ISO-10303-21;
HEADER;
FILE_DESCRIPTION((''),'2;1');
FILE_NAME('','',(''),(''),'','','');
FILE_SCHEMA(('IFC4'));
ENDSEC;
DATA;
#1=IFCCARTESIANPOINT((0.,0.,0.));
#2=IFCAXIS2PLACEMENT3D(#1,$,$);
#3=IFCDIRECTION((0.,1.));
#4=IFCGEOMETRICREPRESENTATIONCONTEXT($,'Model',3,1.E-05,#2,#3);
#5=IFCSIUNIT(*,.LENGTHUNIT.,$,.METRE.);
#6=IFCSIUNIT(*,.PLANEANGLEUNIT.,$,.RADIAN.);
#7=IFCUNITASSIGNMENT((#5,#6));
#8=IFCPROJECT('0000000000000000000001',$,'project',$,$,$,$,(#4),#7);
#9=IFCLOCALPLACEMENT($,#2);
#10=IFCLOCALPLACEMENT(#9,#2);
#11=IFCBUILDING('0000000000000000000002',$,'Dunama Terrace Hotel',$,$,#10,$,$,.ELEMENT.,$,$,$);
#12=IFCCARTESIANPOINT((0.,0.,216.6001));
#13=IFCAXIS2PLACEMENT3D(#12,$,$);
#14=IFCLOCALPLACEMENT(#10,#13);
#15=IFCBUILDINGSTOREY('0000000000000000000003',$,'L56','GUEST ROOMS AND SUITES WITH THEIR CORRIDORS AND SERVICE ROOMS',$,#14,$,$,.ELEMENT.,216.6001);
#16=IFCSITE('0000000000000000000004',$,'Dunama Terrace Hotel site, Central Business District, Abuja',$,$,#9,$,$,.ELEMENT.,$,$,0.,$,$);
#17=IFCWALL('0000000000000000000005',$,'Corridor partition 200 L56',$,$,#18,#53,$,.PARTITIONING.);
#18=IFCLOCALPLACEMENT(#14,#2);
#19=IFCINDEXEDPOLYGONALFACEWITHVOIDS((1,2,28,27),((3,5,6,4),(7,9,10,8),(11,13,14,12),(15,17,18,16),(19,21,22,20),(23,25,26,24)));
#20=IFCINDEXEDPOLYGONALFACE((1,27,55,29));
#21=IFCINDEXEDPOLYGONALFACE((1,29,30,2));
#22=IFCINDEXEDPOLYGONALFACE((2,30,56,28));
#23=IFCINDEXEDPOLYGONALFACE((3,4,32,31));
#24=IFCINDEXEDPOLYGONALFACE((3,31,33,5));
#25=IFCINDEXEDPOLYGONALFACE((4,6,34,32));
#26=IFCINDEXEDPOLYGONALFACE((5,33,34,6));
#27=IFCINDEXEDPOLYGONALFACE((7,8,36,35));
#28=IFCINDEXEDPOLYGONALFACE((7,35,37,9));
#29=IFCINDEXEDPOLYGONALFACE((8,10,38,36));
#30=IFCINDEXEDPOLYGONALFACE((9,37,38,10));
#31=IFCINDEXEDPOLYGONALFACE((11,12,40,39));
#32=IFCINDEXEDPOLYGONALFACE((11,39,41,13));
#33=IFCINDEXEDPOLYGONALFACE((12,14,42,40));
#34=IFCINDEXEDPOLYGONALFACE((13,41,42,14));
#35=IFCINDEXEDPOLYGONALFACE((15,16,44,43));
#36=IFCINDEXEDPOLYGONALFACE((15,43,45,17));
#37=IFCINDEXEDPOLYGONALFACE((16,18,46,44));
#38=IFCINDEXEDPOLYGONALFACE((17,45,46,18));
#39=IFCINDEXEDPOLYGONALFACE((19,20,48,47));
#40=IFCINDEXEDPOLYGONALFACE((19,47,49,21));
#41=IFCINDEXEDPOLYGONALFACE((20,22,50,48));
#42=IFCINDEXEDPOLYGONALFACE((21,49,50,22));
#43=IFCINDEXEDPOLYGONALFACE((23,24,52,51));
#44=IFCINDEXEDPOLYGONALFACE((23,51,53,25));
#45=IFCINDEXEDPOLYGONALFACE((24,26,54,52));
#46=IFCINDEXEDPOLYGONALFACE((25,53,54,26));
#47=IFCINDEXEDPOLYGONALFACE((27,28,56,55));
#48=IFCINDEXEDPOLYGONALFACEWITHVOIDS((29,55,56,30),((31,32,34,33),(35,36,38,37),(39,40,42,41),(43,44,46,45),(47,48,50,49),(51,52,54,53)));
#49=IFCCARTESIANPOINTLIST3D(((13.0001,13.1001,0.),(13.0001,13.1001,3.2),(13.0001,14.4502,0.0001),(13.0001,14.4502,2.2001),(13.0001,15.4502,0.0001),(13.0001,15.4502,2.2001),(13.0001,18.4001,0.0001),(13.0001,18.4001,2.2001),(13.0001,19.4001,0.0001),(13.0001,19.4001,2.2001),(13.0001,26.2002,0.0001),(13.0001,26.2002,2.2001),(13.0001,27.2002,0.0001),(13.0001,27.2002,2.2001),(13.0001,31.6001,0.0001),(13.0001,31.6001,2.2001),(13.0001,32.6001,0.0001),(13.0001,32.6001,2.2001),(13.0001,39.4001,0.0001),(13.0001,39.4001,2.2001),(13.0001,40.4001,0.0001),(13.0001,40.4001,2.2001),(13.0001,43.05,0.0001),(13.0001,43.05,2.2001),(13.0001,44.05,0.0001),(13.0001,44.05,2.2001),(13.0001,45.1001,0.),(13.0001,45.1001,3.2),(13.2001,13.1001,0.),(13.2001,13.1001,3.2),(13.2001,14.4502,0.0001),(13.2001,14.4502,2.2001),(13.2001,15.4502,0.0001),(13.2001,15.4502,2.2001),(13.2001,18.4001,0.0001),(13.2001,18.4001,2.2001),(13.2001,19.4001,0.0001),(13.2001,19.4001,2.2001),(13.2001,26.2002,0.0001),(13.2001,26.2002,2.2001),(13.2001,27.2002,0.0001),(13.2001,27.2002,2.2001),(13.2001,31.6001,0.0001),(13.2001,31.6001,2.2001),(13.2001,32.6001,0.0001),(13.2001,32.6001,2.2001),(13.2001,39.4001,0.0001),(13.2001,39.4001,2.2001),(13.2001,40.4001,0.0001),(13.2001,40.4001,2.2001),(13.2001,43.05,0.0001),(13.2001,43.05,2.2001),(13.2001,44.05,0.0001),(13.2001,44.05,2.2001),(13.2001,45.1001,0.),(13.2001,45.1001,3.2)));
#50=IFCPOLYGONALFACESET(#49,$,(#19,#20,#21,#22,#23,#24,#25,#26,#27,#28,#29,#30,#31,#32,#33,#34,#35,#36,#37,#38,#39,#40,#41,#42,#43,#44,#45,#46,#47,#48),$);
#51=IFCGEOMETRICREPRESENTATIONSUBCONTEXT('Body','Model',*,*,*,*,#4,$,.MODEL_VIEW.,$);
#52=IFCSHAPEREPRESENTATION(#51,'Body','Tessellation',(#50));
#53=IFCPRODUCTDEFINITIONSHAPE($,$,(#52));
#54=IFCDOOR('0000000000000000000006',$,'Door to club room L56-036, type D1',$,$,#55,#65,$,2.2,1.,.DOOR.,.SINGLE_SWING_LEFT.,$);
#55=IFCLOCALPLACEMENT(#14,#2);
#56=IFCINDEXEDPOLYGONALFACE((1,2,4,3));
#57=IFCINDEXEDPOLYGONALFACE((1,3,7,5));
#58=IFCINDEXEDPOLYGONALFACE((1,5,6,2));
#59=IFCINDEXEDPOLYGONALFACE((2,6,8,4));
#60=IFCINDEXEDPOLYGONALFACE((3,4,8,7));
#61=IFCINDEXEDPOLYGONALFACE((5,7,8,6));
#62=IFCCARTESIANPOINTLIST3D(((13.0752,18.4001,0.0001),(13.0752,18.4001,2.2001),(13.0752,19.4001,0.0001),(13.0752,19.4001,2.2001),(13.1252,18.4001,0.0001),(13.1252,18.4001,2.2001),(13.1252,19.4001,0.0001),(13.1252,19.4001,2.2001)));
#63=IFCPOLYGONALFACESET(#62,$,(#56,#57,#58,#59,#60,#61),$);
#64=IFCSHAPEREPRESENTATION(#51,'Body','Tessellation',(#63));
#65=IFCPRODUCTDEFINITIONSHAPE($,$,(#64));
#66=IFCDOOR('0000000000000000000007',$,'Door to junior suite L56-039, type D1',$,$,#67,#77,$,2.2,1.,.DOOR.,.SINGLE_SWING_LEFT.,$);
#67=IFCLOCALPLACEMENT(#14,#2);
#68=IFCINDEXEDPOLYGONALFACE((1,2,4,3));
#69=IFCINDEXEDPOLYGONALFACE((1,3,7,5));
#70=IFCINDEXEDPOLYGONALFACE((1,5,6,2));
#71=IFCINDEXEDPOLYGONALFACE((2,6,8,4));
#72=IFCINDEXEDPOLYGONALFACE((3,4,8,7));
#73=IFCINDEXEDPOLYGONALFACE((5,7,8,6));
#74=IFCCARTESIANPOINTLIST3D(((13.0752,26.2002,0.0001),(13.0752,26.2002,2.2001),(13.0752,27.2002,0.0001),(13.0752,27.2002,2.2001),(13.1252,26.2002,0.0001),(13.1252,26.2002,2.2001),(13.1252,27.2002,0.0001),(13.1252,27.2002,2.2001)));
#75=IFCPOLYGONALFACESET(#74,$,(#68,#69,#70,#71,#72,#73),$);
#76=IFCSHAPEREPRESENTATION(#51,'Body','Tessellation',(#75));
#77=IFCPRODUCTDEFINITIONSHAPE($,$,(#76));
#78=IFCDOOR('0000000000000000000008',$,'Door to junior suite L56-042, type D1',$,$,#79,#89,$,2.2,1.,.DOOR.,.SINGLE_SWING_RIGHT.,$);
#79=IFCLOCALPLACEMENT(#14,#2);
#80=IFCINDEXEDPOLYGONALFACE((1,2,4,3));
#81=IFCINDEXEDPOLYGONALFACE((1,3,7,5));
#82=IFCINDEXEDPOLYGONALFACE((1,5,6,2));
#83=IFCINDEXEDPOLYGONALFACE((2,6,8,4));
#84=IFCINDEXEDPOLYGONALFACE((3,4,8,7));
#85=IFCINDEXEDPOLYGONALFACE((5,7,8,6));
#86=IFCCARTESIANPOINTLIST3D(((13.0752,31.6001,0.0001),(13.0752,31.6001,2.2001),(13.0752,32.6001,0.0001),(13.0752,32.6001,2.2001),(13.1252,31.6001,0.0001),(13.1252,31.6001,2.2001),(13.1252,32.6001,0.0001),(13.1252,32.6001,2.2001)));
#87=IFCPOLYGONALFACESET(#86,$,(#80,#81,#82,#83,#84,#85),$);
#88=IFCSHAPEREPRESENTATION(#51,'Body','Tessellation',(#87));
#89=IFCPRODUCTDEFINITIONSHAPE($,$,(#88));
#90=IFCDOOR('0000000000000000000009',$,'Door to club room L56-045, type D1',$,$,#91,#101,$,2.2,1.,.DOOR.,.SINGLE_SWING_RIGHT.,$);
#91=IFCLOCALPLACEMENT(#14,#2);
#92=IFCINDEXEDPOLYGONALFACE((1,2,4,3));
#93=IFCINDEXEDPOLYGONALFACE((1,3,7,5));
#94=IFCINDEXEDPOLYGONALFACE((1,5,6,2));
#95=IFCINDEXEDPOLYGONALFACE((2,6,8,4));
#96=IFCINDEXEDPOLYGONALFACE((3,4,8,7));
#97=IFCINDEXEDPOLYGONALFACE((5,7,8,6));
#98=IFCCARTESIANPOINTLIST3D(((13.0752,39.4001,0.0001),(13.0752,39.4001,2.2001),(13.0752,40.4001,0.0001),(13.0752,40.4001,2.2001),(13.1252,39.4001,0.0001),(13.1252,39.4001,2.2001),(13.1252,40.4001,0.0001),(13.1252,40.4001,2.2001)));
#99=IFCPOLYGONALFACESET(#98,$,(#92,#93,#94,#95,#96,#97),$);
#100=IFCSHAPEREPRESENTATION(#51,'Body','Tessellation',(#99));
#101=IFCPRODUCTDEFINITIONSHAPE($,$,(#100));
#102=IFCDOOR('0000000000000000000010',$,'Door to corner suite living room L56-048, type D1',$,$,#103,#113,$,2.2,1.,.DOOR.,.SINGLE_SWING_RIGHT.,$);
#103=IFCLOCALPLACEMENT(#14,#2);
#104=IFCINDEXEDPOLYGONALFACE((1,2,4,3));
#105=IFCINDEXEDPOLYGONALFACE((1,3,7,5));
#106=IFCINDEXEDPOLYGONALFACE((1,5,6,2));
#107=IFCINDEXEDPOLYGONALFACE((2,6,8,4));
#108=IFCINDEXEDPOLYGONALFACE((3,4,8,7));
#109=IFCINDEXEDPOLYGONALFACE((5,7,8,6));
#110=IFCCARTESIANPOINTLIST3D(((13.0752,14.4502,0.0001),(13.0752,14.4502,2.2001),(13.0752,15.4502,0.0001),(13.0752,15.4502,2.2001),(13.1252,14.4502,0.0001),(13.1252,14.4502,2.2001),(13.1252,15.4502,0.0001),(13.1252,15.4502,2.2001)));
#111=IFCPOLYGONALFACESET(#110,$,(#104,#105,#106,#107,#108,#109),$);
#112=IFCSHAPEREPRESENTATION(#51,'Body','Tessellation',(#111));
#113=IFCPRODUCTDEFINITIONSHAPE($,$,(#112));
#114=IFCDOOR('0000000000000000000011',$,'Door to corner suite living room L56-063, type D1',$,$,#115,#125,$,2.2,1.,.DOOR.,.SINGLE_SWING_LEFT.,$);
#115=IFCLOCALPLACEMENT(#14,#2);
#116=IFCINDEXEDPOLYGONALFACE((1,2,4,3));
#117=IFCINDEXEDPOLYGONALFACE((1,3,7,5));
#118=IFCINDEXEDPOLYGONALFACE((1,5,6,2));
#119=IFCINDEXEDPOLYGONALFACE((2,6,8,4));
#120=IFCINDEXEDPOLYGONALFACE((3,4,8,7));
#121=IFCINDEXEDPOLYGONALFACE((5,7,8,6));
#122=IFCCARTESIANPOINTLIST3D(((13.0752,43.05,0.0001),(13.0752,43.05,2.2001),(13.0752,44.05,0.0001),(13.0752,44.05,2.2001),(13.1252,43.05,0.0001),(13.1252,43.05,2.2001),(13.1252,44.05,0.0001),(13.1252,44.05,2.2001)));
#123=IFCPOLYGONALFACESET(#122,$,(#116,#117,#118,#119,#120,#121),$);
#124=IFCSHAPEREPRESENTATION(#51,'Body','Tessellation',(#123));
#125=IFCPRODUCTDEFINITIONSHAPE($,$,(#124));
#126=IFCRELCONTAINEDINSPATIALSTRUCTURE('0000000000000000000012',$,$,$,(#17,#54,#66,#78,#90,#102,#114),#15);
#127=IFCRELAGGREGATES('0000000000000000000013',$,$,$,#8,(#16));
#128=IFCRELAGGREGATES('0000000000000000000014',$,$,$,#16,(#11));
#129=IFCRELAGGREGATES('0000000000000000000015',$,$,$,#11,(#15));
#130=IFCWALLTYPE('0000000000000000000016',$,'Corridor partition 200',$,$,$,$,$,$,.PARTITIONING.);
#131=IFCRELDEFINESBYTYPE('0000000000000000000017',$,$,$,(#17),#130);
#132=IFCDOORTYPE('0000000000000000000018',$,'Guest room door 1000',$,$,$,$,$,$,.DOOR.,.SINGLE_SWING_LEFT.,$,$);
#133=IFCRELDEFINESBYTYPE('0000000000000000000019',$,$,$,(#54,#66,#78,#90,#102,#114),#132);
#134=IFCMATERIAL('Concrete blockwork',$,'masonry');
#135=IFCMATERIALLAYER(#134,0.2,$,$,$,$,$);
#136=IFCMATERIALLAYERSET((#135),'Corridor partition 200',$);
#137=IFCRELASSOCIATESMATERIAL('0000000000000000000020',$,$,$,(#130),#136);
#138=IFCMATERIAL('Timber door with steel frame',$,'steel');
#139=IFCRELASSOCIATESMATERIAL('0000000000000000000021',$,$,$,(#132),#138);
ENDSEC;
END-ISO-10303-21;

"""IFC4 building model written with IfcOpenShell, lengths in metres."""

from ifc_helpers import new_model, si_unit, direction, frame, frame_2d, origin, place, context, subcontext, project, spatial, rectangle, extrude, material, layer, layer_set, type_object, element, fill, save


model = new_model("IFC4")

# Units and contexts
model_context = context("Model", 3, precision=1e-05, world=origin(), true_north=direction((0.0, 1.0)))
body_context = subcontext(model_context, "Body", "Model", "MODEL_VIEW")
ifc_project = project(units=[si_unit("LENGTHUNIT", "METRE"), si_unit("PLANEANGLEUNIT", "RADIAN")], contexts=[model_context])

# Site, building, storey
site_placement = place(None, origin())
site = spatial("IfcSite", under=ifc_project, at=site_placement, Name="Dunama Terrace Hotel site, Central Business District, Abuja", CompositionType="ELEMENT", RefElevation=0.0)
building_placement = place(site_placement, origin())
building = spatial("IfcBuilding", under=site, at=building_placement, Name="Dunama Terrace Hotel", CompositionType="ELEMENT")
storey_placement = place(building_placement, frame((0.0, 0.0, 216.6001)))
storey = spatial("IfcBuildingStorey", under=building, at=storey_placement, Name="L56", Description="GUEST ROOMS AND SUITES WITH THEIR CORRIDORS AND SERVICE ROOMS", CompositionType="ELEMENT", Elevation=216.6001)

# Wall, openings, doors
ifc_material_1 = material(Name="Concrete blockwork", Category="masonry")
ifc_layer_1 = layer(ifc_material_1, 0.2)
ifc_layer_set_1 = layer_set([ifc_layer_1], Name="Corridor partition 200")
wall_type_1 = type_object("IfcWallType", Name="Corridor partition 200", PredefinedType="PARTITIONING", material=ifc_layer_set_1)
wall_1_placement = place(storey_placement, frame((13.1001, 13.1001, 0.0), z_axis=(0.0, 0.0, 1.0), x_axis=(0.0, 1.0, 0.0)))
wall_1 = element("IfcWall", 1, at=wall_1_placement, inside=storey, type_object=wall_type_1, Name="Corridor partition 200 L56", PredefinedType="PARTITIONING", context=body_context, shape_type="SweptSolid", body=[
    extrude(rectangle(XDim=32.0, YDim=0.2, at=frame_2d((16.0, 0.0))), origin(), (0.0, 0.0, 1.0), 3.2),
])
opening_1_placement = place(wall_1_placement, frame((5.3, 0.0, 0.0)))
opening_1 = element("IfcOpeningElement", 2, at=opening_1_placement, cuts=wall_1, PredefinedType="OPENING", context=body_context, shape_type="SweptSolid", body=[
    extrude(rectangle(XDim=1.0, YDim=2.2, at=frame_2d((0.5, 1.1001))), frame((0.0, 0.1099, 0.0), z_axis=(0.0, -1.0, 0.0), x_axis=(1.0, 0.0, 0.0)), (0.0, 0.0, 1.0), 0.22),
])
opening_2_placement = place(wall_1_placement, frame((13.1001, 0.0, 0.0)))
opening_2 = element("IfcOpeningElement", 3, at=opening_2_placement, cuts=wall_1, PredefinedType="OPENING", context=body_context, shape_type="SweptSolid", body=[
    extrude(rectangle(XDim=1.0, YDim=2.2, at=frame_2d((0.5, 1.1001))), frame((0.0, 0.1099, 0.0), z_axis=(0.0, -1.0, 0.0), x_axis=(1.0, 0.0, 0.0)), (0.0, 0.0, 1.0), 0.22),
])
opening_3_placement = place(wall_1_placement, frame((18.5, 0.0, 0.0)))
opening_3 = element("IfcOpeningElement", 4, at=opening_3_placement, cuts=wall_1, PredefinedType="OPENING", context=body_context, shape_type="SweptSolid", body=[
    extrude(rectangle(XDim=1.0, YDim=2.2, at=frame_2d((0.5, 1.1001))), frame((0.0, 0.1099, 0.0), z_axis=(0.0, -1.0, 0.0), x_axis=(1.0, 0.0, 0.0)), (0.0, 0.0, 1.0), 0.22),
])
opening_4_placement = place(wall_1_placement, frame((26.3, 0.0, 0.0)))
opening_4 = element("IfcOpeningElement", 5, at=opening_4_placement, cuts=wall_1, PredefinedType="OPENING", context=body_context, shape_type="SweptSolid", body=[
    extrude(rectangle(XDim=1.0, YDim=2.2, at=frame_2d((0.5, 1.1001))), frame((0.0, 0.1099, 0.0), z_axis=(0.0, -1.0, 0.0), x_axis=(1.0, 0.0, 0.0)), (0.0, 0.0, 1.0), 0.22),
])
opening_5_placement = place(wall_1_placement, frame((1.3501, 0.0, 0.0)))
opening_5 = element("IfcOpeningElement", 6, at=opening_5_placement, cuts=wall_1, PredefinedType="OPENING", context=body_context, shape_type="SweptSolid", body=[
    extrude(rectangle(XDim=1.0, YDim=2.2, at=frame_2d((0.5, 1.1001))), frame((0.0, 0.1099, 0.0), z_axis=(0.0, -1.0, 0.0), x_axis=(1.0, 0.0, 0.0)), (0.0, 0.0, 1.0), 0.22),
])
opening_6_placement = place(wall_1_placement, frame((29.95, 0.0, 0.0)))
opening_6 = element("IfcOpeningElement", 7, at=opening_6_placement, cuts=wall_1, PredefinedType="OPENING", context=body_context, shape_type="SweptSolid", body=[
    extrude(rectangle(XDim=1.0, YDim=2.2, at=frame_2d((0.5, 1.1001))), frame((0.0, 0.1099, 0.0), z_axis=(0.0, -1.0, 0.0), x_axis=(1.0, 0.0, 0.0)), (0.0, 0.0, 1.0), 0.22),
])
ifc_material_2 = material(Name="Timber door with steel frame", Category="steel")
door_type_1 = type_object("IfcDoorType", Name="Guest room door 1000", OperationType="SINGLE_SWING_LEFT", PredefinedType="DOOR", material=ifc_material_2)
door_1_placement = place(opening_1_placement, origin())
door_1 = element("IfcDoor", 8, at=door_1_placement, inside=storey, type_object=door_type_1, Name="Door to club room L56-036, type D1", OperationType="SINGLE_SWING_LEFT", OverallHeight=2.2, OverallWidth=1.0, PredefinedType="DOOR", context=body_context, shape_type="SweptSolid", body=[
    extrude(rectangle(XDim=1.0, YDim=2.2, at=frame_2d((0.5, 1.1001))), frame((0.0, 0.0249, 0.0), z_axis=(0.0, -1.0, 0.0), x_axis=(1.0, 0.0, 0.0)), (0.0, 0.0, 1.0), 0.05),
])
fill(opening_1, door_1)
door_2_placement = place(opening_2_placement, origin())
door_2 = element("IfcDoor", 9, at=door_2_placement, inside=storey, type_object=door_type_1, Name="Door to junior suite L56-039, type D1", OperationType="SINGLE_SWING_LEFT", OverallHeight=2.2, OverallWidth=1.0, PredefinedType="DOOR", context=body_context, shape_type="SweptSolid", body=[
    extrude(rectangle(XDim=1.0, YDim=2.2, at=frame_2d((0.5, 1.1001))), frame((0.0, 0.0249, 0.0), z_axis=(0.0, -1.0, 0.0), x_axis=(1.0, 0.0, 0.0)), (0.0, 0.0, 1.0), 0.05),
])
fill(opening_2, door_2)
door_3_placement = place(opening_3_placement, origin())
door_3 = element("IfcDoor", 10, at=door_3_placement, inside=storey, type_object=door_type_1, Name="Door to junior suite L56-042, type D1", OperationType="SINGLE_SWING_RIGHT", OverallHeight=2.2, OverallWidth=1.0, PredefinedType="DOOR", context=body_context, shape_type="SweptSolid", body=[
    extrude(rectangle(XDim=1.0, YDim=2.2, at=frame_2d((0.5, 1.1001))), frame((0.0, 0.0249, 0.0), z_axis=(0.0, -1.0, 0.0), x_axis=(1.0, 0.0, 0.0)), (0.0, 0.0, 1.0), 0.05),
])
fill(opening_3, door_3)
door_4_placement = place(opening_4_placement, origin())
door_4 = element("IfcDoor", 11, at=door_4_placement, inside=storey, type_object=door_type_1, Name="Door to club room L56-045, type D1", OperationType="SINGLE_SWING_RIGHT", OverallHeight=2.2, OverallWidth=1.0, PredefinedType="DOOR", context=body_context, shape_type="SweptSolid", body=[
    extrude(rectangle(XDim=1.0, YDim=2.2, at=frame_2d((0.5, 1.1001))), frame((0.0, 0.0249, 0.0), z_axis=(0.0, -1.0, 0.0), x_axis=(1.0, 0.0, 0.0)), (0.0, 0.0, 1.0), 0.05),
])
fill(opening_4, door_4)
door_5_placement = place(opening_5_placement, origin())
door_5 = element("IfcDoor", 12, at=door_5_placement, inside=storey, type_object=door_type_1, Name="Door to corner suite living room L56-048, type D1", OperationType="SINGLE_SWING_RIGHT", OverallHeight=2.2, OverallWidth=1.0, PredefinedType="DOOR", context=body_context, shape_type="SweptSolid", body=[
    extrude(rectangle(XDim=1.0, YDim=2.2, at=frame_2d((0.5, 1.1001))), frame((0.0, 0.0249, 0.0), z_axis=(0.0, -1.0, 0.0), x_axis=(1.0, 0.0, 0.0)), (0.0, 0.0, 1.0), 0.05),
])
fill(opening_5, door_5)
door_6_placement = place(opening_6_placement, origin())
door_6 = element("IfcDoor", 13, at=door_6_placement, inside=storey, type_object=door_type_1, Name="Door to corner suite living room L56-063, type D1", OperationType="SINGLE_SWING_LEFT", OverallHeight=2.2, OverallWidth=1.0, PredefinedType="DOOR", context=body_context, shape_type="SweptSolid", body=[
    extrude(rectangle(XDim=1.0, YDim=2.2, at=frame_2d((0.5, 1.1001))), frame((0.0, 0.0249, 0.0), z_axis=(0.0, -1.0, 0.0), x_axis=(1.0, 0.0, 0.0)), (0.0, 0.0, 1.0), 0.05),
])
fill(opening_6, door_6)

save(model, "model.ifc")
